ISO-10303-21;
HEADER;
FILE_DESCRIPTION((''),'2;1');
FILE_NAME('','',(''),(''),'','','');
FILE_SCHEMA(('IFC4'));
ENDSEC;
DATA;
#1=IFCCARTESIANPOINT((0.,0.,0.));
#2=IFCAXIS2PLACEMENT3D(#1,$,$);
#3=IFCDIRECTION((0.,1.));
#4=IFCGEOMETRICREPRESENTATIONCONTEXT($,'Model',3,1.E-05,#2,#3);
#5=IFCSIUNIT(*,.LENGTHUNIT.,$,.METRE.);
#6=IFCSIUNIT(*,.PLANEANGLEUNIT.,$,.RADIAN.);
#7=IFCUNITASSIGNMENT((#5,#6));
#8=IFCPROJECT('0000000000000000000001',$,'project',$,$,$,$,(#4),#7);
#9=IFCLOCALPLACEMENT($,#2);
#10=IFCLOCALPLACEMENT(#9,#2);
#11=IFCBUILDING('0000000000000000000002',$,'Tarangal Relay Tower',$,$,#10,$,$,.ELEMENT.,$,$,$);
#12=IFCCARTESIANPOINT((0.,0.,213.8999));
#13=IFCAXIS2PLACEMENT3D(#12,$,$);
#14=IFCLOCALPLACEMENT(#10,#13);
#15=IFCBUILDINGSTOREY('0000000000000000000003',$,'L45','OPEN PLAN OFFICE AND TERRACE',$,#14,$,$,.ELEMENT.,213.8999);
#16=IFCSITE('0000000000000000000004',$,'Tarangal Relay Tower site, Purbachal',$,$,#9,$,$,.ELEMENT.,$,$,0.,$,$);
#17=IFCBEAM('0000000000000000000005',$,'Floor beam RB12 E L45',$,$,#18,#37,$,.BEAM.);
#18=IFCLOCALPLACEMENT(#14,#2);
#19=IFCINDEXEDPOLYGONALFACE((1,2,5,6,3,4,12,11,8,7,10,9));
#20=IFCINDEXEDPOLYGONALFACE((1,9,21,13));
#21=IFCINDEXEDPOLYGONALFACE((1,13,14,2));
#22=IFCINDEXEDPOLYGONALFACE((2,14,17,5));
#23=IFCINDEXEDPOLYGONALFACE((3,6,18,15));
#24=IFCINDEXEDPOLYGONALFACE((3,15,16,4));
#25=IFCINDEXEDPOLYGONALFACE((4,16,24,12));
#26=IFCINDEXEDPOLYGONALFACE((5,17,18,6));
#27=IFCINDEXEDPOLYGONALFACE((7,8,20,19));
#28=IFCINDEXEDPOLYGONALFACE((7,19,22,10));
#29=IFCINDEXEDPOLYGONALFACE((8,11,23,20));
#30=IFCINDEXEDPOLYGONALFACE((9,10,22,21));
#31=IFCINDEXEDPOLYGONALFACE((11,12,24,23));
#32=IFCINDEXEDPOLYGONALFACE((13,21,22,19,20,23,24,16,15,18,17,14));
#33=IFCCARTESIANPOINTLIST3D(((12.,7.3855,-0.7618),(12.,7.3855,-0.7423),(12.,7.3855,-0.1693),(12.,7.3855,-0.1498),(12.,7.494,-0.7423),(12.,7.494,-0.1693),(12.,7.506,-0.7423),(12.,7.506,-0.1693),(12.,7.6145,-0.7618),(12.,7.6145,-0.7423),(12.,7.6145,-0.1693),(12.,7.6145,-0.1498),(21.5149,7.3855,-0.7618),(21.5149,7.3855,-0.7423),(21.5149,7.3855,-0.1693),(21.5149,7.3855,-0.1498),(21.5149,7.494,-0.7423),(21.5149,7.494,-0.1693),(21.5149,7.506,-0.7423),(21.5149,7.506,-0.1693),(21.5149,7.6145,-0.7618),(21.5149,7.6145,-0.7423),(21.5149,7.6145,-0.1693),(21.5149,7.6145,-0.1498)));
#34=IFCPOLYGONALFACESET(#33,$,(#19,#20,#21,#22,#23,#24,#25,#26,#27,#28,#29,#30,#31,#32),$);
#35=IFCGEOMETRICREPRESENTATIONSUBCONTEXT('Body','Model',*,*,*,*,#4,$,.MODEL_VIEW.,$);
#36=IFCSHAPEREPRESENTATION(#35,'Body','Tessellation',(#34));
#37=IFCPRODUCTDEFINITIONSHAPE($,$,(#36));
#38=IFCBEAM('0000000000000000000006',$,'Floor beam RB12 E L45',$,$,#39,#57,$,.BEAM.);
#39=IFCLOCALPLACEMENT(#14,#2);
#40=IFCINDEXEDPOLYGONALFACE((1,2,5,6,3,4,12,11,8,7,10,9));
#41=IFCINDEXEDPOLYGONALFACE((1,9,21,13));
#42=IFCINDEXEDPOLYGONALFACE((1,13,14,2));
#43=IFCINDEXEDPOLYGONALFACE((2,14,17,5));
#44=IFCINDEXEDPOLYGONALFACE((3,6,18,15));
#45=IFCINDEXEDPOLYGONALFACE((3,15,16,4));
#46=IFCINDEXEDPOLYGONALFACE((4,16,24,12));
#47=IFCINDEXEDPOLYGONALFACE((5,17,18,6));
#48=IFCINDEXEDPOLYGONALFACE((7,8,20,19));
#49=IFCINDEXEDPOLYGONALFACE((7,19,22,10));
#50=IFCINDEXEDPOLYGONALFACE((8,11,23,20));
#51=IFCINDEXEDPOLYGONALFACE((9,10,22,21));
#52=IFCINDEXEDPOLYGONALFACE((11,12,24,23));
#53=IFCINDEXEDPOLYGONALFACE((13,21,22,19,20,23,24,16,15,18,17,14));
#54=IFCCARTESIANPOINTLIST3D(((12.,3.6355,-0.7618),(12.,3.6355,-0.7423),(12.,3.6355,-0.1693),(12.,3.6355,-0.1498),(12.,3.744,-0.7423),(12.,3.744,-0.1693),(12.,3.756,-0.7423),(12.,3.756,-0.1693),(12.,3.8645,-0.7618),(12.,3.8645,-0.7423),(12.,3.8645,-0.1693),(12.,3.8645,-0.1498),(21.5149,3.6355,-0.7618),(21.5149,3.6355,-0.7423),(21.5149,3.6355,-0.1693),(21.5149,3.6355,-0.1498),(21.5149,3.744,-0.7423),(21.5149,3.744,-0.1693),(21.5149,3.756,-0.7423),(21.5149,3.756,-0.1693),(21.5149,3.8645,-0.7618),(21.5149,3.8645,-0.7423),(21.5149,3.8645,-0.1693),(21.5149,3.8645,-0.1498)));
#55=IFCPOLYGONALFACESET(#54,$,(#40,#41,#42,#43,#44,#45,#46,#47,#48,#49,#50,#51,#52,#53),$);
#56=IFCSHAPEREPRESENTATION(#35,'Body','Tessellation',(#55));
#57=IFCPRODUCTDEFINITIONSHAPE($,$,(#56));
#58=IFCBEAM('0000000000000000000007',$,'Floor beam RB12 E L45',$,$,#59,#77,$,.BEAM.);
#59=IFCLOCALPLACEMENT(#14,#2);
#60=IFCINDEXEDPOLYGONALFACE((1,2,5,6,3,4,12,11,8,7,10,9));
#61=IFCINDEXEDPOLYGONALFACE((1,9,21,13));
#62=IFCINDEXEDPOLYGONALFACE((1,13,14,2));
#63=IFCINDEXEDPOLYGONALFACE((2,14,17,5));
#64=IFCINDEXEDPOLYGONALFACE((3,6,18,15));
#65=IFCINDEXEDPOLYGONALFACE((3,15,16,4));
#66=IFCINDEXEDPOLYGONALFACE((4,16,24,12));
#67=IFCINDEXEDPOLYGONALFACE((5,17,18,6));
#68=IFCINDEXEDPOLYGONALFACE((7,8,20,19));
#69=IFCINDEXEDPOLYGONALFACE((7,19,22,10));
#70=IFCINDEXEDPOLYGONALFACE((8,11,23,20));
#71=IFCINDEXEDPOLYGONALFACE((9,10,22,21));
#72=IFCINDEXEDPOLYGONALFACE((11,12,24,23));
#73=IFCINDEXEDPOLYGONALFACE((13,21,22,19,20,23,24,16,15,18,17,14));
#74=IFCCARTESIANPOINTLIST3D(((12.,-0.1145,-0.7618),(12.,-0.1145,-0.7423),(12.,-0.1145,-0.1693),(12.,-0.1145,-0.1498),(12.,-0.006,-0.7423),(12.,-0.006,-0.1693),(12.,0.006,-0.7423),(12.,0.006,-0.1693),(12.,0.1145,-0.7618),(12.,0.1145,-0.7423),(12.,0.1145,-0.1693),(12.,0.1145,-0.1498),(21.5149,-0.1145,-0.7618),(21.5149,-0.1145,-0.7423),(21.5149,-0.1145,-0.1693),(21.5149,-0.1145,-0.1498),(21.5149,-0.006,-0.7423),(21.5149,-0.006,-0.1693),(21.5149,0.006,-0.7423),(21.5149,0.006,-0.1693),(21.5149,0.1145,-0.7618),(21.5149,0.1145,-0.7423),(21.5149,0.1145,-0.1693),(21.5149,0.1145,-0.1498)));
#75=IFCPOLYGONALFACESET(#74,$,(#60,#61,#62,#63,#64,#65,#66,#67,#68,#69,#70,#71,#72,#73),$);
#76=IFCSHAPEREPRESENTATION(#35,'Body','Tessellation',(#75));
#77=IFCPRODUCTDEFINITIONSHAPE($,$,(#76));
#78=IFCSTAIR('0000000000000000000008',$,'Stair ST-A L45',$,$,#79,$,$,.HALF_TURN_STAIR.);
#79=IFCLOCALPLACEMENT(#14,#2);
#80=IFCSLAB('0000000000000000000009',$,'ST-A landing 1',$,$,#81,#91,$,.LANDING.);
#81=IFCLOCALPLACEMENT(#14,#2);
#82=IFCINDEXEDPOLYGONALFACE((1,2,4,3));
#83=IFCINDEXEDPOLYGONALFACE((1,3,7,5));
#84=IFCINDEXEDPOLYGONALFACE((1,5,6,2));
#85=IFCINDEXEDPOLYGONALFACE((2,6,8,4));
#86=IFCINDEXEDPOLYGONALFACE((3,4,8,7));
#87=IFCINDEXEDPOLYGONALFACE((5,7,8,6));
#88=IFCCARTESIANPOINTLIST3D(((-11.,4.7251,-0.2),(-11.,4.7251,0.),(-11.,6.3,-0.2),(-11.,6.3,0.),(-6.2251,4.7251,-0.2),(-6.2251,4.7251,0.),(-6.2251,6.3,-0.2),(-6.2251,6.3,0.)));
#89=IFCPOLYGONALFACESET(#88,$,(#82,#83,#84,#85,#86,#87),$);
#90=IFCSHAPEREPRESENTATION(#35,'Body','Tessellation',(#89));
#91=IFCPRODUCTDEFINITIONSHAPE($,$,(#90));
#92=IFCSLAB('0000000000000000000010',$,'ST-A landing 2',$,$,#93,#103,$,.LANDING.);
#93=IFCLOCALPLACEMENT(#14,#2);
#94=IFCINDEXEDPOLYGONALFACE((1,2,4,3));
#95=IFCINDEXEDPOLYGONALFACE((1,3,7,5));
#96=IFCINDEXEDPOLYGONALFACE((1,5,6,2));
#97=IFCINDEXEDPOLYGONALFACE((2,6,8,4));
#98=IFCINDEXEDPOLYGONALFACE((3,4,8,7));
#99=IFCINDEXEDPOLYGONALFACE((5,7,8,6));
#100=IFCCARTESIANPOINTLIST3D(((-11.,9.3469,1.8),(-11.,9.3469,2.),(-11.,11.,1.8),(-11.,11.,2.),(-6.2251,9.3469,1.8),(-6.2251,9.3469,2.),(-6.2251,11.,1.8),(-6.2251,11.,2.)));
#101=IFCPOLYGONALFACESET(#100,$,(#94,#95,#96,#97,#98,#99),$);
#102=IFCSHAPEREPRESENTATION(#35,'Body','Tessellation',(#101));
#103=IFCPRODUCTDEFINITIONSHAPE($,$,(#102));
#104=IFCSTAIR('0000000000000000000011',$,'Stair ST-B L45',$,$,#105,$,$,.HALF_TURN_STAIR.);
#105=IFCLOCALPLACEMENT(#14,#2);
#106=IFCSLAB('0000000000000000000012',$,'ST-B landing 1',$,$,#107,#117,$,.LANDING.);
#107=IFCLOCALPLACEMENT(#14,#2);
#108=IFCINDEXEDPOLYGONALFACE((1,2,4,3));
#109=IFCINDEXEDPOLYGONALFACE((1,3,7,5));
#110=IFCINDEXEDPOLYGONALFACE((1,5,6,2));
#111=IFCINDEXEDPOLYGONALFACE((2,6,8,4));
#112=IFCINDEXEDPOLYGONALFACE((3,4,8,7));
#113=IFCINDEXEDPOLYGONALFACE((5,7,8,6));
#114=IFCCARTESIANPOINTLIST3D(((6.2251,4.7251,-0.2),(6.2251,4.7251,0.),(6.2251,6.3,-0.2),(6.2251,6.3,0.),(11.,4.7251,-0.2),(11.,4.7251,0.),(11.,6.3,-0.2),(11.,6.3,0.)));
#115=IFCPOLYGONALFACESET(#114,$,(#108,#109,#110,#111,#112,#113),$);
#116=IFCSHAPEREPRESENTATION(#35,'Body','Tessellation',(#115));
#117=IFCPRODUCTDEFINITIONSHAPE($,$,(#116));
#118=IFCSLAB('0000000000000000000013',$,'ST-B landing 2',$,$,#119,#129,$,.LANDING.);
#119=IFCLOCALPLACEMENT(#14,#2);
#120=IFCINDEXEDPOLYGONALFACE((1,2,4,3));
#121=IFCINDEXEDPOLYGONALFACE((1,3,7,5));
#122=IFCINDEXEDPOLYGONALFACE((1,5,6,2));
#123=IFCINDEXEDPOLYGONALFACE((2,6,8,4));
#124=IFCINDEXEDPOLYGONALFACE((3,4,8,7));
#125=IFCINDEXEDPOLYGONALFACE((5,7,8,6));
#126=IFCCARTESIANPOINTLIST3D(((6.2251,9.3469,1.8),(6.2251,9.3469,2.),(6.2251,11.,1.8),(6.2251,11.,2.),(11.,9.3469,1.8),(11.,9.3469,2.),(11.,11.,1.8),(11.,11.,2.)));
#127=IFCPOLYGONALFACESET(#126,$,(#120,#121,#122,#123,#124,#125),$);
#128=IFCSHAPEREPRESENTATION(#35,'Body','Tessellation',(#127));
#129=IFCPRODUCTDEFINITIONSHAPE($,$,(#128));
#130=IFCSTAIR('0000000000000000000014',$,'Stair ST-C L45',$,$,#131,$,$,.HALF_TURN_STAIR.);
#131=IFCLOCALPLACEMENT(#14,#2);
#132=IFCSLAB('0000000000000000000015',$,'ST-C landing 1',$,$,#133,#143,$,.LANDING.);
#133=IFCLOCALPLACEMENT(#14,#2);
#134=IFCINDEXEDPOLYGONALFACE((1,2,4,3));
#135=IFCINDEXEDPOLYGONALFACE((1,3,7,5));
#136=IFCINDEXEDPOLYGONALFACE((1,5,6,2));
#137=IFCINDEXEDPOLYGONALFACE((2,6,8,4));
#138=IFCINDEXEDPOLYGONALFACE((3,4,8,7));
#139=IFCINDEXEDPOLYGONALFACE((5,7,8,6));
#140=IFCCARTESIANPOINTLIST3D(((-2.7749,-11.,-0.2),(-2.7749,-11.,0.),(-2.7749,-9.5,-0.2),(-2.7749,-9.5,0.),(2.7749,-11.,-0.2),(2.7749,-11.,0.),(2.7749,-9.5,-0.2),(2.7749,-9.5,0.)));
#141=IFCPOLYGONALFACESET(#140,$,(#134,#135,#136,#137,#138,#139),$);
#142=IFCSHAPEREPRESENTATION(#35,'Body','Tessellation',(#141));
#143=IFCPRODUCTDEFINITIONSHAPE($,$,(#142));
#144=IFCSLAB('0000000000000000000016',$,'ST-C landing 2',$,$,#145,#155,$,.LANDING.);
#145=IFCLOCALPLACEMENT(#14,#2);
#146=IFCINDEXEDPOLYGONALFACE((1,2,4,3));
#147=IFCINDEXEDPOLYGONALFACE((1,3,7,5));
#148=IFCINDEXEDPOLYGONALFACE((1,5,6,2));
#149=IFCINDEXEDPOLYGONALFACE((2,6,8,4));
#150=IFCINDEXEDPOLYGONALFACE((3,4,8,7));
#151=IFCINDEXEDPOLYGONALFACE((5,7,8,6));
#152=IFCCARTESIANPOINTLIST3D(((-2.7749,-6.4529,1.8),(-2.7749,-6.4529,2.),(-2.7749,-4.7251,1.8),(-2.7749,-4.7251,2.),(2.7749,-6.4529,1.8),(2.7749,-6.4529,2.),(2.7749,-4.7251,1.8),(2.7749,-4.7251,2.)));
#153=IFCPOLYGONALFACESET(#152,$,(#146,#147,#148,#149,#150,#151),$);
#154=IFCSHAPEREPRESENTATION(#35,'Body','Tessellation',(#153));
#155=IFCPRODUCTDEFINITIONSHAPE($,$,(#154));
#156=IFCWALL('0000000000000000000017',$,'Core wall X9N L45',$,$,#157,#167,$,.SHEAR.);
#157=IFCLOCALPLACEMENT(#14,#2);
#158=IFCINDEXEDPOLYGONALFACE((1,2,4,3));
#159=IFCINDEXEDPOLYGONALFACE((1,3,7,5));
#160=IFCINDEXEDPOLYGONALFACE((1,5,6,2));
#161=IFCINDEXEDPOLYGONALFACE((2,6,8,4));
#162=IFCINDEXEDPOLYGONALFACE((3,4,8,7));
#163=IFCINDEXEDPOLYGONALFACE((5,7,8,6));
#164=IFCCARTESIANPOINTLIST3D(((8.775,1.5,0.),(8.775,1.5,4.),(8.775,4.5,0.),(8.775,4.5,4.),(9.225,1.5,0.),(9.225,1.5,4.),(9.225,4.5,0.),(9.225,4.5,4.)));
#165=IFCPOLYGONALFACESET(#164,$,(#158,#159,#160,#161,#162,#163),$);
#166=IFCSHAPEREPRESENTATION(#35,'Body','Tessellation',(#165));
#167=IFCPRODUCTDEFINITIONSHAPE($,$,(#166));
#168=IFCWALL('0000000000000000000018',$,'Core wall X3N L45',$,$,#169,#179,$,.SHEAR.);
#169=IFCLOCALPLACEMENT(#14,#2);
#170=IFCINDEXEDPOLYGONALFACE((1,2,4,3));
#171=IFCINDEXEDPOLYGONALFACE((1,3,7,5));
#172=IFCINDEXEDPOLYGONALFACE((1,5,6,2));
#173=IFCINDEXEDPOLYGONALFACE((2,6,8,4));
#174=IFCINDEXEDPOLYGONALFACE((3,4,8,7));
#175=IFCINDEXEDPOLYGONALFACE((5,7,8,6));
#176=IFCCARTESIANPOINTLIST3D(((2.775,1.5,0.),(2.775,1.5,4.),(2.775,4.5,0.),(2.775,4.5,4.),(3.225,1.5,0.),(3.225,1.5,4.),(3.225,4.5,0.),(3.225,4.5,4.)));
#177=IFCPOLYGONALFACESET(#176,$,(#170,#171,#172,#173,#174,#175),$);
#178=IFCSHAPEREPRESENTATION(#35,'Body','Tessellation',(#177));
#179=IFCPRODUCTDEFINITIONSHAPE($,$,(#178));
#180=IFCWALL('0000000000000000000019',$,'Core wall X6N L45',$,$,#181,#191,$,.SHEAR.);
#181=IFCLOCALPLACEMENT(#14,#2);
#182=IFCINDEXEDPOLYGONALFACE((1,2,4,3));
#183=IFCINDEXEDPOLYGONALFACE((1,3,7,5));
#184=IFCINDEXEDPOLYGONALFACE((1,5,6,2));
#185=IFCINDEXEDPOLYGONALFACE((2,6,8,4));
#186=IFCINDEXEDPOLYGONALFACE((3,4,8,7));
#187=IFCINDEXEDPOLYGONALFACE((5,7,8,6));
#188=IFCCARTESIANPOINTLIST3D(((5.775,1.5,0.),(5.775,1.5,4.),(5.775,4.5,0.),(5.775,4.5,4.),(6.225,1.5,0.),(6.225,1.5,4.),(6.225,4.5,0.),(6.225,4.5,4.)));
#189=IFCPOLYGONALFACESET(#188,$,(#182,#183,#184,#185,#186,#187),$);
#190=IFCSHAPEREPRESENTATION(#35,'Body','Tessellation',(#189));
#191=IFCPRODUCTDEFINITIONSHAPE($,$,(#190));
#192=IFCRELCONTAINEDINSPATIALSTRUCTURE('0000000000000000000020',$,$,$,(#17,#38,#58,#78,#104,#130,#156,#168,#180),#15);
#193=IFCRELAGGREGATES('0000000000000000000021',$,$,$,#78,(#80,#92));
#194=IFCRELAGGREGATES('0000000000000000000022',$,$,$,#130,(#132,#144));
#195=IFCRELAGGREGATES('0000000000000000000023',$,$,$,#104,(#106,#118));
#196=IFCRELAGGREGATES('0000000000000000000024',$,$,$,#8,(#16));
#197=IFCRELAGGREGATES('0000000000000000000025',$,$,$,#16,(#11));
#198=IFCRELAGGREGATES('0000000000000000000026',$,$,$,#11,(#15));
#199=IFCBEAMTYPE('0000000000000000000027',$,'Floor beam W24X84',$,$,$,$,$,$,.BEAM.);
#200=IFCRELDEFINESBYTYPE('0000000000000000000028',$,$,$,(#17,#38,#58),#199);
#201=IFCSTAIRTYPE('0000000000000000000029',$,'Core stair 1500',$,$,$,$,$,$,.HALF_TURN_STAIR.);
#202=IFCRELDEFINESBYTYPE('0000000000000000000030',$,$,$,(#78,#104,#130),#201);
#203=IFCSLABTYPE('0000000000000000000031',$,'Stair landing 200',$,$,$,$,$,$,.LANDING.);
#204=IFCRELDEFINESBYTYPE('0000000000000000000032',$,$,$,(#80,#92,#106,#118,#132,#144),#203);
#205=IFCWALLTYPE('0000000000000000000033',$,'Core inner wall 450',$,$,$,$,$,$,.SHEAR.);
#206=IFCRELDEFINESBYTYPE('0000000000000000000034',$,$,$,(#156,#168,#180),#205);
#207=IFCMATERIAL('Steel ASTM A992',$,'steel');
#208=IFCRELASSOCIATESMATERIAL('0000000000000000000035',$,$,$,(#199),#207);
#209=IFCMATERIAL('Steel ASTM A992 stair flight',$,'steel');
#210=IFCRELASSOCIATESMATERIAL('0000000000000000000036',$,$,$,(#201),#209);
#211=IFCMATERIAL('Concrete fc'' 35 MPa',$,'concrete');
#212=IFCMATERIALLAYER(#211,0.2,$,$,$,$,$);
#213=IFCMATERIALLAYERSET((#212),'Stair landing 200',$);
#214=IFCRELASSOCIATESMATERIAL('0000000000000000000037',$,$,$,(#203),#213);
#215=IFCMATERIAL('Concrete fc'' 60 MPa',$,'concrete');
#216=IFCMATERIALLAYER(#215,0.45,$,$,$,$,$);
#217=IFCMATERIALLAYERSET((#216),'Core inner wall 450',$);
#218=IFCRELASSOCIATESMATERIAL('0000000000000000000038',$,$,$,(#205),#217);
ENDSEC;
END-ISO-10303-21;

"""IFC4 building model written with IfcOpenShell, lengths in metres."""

from ifc_helpers import new_model, si_unit, direction, frame, frame_2d, origin, origin_2d, place, context, subcontext, project, spatial, polyline, rectangle, i_section, outline, extrude, material, layer, layer_set, material_profile, profile_set, type_object, element, aggregate, save


model = new_model("IFC4")

# Units and contexts
model_context = context("Model", 3, precision=1e-05, world=origin(), true_north=direction((0.0, 1.0)))
body_context = subcontext(model_context, "Body", "Model", "MODEL_VIEW")
ifc_project = project(units=[si_unit("LENGTHUNIT", "METRE"), si_unit("PLANEANGLEUNIT", "RADIAN")], contexts=[model_context])

# Site, building, storey
site_placement = place(None, origin())
site = spatial("IfcSite", under=ifc_project, at=site_placement, Name="Tarangal Relay Tower site, Purbachal", CompositionType="ELEMENT", RefElevation=0.0)
building_placement = place(site_placement, origin())
building = spatial("IfcBuilding", under=site, at=building_placement, Name="Tarangal Relay Tower", CompositionType="ELEMENT")
storey_placement = place(building_placement, frame((0.0, 0.0, 213.8999)))
storey = spatial("IfcBuildingStorey", under=building, at=storey_placement, Name="L45", Description="OPEN PLAN OFFICE AND TERRACE", CompositionType="ELEMENT", Elevation=213.8999)

# Beams
ifc_material_1 = material(Name="Steel ASTM A992", Category="steel")
ifc_material_profile = material_profile(ifc_material_1, i_section(OverallWidth=0.229, OverallDepth=0.6121, WebThickness=0.012, FlangeThickness=0.0195, at=origin_2d()), Name="W24X84")
ifc_profile_set = profile_set([ifc_material_profile], Name="Steel ASTM A992")
beam_type = type_object("IfcBeamType", Name="Floor beam W24X84", PredefinedType="BEAM", material=ifc_profile_set)
for number, where, z_axis, x_axis, name in (
    (1, (12.0, 7.5, -0.4558), (1.0, 0.0, 0.0), (0.0, 1.0, 0.0), "Floor beam RB12 E L45"),
    (2, (12.0, 3.75, -0.4558), (1.0, 0.0, 0.0), (0.0, 1.0, 0.0), "Floor beam RB12 E L45"),
    (3, (12.0, 0.0, -0.4558), (1.0, 0.0, 0.0), (0.0, 1.0, 0.0), "Floor beam RB12 E L45"),
):
    element("IfcBeam", number, at=place(storey_placement, frame(where, z_axis=z_axis, x_axis=x_axis)), inside=storey, type_object=beam_type, Name=name, PredefinedType="BEAM", context=body_context, shape_type="SweptSolid", body=[
        extrude(i_section(OverallWidth=0.229, OverallDepth=0.6121, WebThickness=0.012, FlangeThickness=0.0195, at=origin_2d()), origin(), (0.0, 0.0, 1.0), 9.5149),
    ])

# Stairs, slabs
ifc_material_2 = material(Name="Steel ASTM A992 stair flight", Category="steel")
stair_type = type_object("IfcStairType", Name="Core stair 1500", PredefinedType="HALF_TURN_STAIR", material=ifc_material_2)
stair_1_placement = place(storey_placement, origin())
stair_1 = element("IfcStair", 4, at=stair_1_placement, inside=storey, type_object=stair_type, Name="Stair ST-A L45", PredefinedType="HALF_TURN_STAIR")
ifc_material_3 = material(Name="Concrete fc' 35 MPa", Category="concrete")
ifc_layer_1 = layer(ifc_material_3, 0.2)
ifc_layer_set_1 = layer_set([ifc_layer_1], Name="Stair landing 200")
slab_type = type_object("IfcSlabType", Name="Stair landing 200", PredefinedType="LANDING", material=ifc_layer_set_1)
slab_1_placement = place(storey_placement, frame((0.0, 0.0, -0.2)))
slab_1 = element("IfcSlab", 5, at=slab_1_placement, type_object=slab_type, Name="ST-A landing 1", PredefinedType="LANDING", context=body_context, shape_type="SweptSolid", body=[
    extrude(outline(polyline([(-11.0, 4.7251), (-6.2251, 4.7251), (-6.2251, 6.3), (-11.0, 6.3), (-11.0, 4.7251)])), origin(), (0.0, 0.0, 1.0), 0.2),
])
slab_2_placement = place(storey_placement, frame((0.0, 0.0, 1.8)))
slab_2 = element("IfcSlab", 6, at=slab_2_placement, type_object=slab_type, Name="ST-A landing 2", PredefinedType="LANDING", context=body_context, shape_type="SweptSolid", body=[
    extrude(outline(polyline([(-11.0, 9.3469), (-6.2251, 9.3469), (-6.2251, 11.0), (-11.0, 11.0), (-11.0, 9.3469)])), origin(), (0.0, 0.0, 1.0), 0.2),
])
aggregate(stair_1, [slab_1, slab_2])
stair_2_placement = place(storey_placement, origin())
stair_2 = element("IfcStair", 7, at=stair_2_placement, inside=storey, type_object=stair_type, Name="Stair ST-B L45", PredefinedType="HALF_TURN_STAIR")
slab_3_placement = place(storey_placement, frame((0.0, 0.0, -0.2)))
slab_3 = element("IfcSlab", 8, at=slab_3_placement, type_object=slab_type, Name="ST-B landing 1", PredefinedType="LANDING", context=body_context, shape_type="SweptSolid", body=[
    extrude(outline(polyline([(6.2251, 4.7251), (11.0, 4.7251), (11.0, 6.3), (6.2251, 6.3), (6.2251, 4.7251)])), origin(), (0.0, 0.0, 1.0), 0.2),
])
slab_4_placement = place(storey_placement, frame((0.0, 0.0, 1.8)))
slab_4 = element("IfcSlab", 9, at=slab_4_placement, type_object=slab_type, Name="ST-B landing 2", PredefinedType="LANDING", context=body_context, shape_type="SweptSolid", body=[
    extrude(outline(polyline([(6.2251, 9.3469), (11.0, 9.3469), (11.0, 11.0), (6.2251, 11.0), (6.2251, 9.3469)])), origin(), (0.0, 0.0, 1.0), 0.2),
])
stair_3_placement = place(storey_placement, origin())
stair_3 = element("IfcStair", 10, at=stair_3_placement, inside=storey, type_object=stair_type, Name="Stair ST-C L45", PredefinedType="HALF_TURN_STAIR")
slab_5_placement = place(storey_placement, frame((0.0, 0.0, -0.2)))
slab_5 = element("IfcSlab", 11, at=slab_5_placement, type_object=slab_type, Name="ST-C landing 1", PredefinedType="LANDING", context=body_context, shape_type="SweptSolid", body=[
    extrude(outline(polyline([(-2.7749, -11.0), (2.7749, -11.0), (2.7749, -9.5), (-2.7749, -9.5), (-2.7749, -11.0)])), origin(), (0.0, 0.0, 1.0), 0.2),
])
slab_6_placement = place(storey_placement, frame((0.0, 0.0, 1.8)))
slab_6 = element("IfcSlab", 12, at=slab_6_placement, type_object=slab_type, Name="ST-C landing 2", PredefinedType="LANDING", context=body_context, shape_type="SweptSolid", body=[
    extrude(outline(polyline([(-2.7749, -6.4529), (2.7749, -6.4529), (2.7749, -4.7251), (-2.7749, -4.7251), (-2.7749, -6.4529)])), origin(), (0.0, 0.0, 1.0), 0.2),
])
aggregate(stair_3, [slab_5, slab_6])

# Walls
ifc_material_4 = material(Name="Concrete fc' 60 MPa", Category="concrete")
ifc_layer_2 = layer(ifc_material_4, 0.45)
ifc_layer_set_2 = layer_set([ifc_layer_2], Name="Core inner wall 450")
wall_type = type_object("IfcWallType", Name="Core inner wall 450", PredefinedType="SHEAR", material=ifc_layer_set_2)
for number, where, z_axis, x_axis, name in (
    (13, (9.0, 1.5, 0.0), (0.0, 0.0, 1.0), (0.0, 1.0, 0.0), "Core wall X9N L45"),
    (14, (3.0, 1.5, 0.0), (0.0, 0.0, 1.0), (0.0, 1.0, 0.0), "Core wall X3N L45"),
    (15, (6.0, 1.5, 0.0), (0.0, 0.0, 1.0), (0.0, 1.0, 0.0), "Core wall X6N L45"),
):
    element("IfcWall", number, at=place(storey_placement, frame(where, z_axis=z_axis, x_axis=x_axis)), inside=storey, type_object=wall_type, Name=name, PredefinedType="SHEAR", context=body_context, shape_type="SweptSolid", body=[
        extrude(rectangle(XDim=3.0, YDim=0.45, at=frame_2d((1.5, 0.0))), origin(), (0.0, 0.0, 1.0), 4.0),
    ])

aggregate(stair_2, [slab_3, slab_4])

save(model, "model.ifc")
